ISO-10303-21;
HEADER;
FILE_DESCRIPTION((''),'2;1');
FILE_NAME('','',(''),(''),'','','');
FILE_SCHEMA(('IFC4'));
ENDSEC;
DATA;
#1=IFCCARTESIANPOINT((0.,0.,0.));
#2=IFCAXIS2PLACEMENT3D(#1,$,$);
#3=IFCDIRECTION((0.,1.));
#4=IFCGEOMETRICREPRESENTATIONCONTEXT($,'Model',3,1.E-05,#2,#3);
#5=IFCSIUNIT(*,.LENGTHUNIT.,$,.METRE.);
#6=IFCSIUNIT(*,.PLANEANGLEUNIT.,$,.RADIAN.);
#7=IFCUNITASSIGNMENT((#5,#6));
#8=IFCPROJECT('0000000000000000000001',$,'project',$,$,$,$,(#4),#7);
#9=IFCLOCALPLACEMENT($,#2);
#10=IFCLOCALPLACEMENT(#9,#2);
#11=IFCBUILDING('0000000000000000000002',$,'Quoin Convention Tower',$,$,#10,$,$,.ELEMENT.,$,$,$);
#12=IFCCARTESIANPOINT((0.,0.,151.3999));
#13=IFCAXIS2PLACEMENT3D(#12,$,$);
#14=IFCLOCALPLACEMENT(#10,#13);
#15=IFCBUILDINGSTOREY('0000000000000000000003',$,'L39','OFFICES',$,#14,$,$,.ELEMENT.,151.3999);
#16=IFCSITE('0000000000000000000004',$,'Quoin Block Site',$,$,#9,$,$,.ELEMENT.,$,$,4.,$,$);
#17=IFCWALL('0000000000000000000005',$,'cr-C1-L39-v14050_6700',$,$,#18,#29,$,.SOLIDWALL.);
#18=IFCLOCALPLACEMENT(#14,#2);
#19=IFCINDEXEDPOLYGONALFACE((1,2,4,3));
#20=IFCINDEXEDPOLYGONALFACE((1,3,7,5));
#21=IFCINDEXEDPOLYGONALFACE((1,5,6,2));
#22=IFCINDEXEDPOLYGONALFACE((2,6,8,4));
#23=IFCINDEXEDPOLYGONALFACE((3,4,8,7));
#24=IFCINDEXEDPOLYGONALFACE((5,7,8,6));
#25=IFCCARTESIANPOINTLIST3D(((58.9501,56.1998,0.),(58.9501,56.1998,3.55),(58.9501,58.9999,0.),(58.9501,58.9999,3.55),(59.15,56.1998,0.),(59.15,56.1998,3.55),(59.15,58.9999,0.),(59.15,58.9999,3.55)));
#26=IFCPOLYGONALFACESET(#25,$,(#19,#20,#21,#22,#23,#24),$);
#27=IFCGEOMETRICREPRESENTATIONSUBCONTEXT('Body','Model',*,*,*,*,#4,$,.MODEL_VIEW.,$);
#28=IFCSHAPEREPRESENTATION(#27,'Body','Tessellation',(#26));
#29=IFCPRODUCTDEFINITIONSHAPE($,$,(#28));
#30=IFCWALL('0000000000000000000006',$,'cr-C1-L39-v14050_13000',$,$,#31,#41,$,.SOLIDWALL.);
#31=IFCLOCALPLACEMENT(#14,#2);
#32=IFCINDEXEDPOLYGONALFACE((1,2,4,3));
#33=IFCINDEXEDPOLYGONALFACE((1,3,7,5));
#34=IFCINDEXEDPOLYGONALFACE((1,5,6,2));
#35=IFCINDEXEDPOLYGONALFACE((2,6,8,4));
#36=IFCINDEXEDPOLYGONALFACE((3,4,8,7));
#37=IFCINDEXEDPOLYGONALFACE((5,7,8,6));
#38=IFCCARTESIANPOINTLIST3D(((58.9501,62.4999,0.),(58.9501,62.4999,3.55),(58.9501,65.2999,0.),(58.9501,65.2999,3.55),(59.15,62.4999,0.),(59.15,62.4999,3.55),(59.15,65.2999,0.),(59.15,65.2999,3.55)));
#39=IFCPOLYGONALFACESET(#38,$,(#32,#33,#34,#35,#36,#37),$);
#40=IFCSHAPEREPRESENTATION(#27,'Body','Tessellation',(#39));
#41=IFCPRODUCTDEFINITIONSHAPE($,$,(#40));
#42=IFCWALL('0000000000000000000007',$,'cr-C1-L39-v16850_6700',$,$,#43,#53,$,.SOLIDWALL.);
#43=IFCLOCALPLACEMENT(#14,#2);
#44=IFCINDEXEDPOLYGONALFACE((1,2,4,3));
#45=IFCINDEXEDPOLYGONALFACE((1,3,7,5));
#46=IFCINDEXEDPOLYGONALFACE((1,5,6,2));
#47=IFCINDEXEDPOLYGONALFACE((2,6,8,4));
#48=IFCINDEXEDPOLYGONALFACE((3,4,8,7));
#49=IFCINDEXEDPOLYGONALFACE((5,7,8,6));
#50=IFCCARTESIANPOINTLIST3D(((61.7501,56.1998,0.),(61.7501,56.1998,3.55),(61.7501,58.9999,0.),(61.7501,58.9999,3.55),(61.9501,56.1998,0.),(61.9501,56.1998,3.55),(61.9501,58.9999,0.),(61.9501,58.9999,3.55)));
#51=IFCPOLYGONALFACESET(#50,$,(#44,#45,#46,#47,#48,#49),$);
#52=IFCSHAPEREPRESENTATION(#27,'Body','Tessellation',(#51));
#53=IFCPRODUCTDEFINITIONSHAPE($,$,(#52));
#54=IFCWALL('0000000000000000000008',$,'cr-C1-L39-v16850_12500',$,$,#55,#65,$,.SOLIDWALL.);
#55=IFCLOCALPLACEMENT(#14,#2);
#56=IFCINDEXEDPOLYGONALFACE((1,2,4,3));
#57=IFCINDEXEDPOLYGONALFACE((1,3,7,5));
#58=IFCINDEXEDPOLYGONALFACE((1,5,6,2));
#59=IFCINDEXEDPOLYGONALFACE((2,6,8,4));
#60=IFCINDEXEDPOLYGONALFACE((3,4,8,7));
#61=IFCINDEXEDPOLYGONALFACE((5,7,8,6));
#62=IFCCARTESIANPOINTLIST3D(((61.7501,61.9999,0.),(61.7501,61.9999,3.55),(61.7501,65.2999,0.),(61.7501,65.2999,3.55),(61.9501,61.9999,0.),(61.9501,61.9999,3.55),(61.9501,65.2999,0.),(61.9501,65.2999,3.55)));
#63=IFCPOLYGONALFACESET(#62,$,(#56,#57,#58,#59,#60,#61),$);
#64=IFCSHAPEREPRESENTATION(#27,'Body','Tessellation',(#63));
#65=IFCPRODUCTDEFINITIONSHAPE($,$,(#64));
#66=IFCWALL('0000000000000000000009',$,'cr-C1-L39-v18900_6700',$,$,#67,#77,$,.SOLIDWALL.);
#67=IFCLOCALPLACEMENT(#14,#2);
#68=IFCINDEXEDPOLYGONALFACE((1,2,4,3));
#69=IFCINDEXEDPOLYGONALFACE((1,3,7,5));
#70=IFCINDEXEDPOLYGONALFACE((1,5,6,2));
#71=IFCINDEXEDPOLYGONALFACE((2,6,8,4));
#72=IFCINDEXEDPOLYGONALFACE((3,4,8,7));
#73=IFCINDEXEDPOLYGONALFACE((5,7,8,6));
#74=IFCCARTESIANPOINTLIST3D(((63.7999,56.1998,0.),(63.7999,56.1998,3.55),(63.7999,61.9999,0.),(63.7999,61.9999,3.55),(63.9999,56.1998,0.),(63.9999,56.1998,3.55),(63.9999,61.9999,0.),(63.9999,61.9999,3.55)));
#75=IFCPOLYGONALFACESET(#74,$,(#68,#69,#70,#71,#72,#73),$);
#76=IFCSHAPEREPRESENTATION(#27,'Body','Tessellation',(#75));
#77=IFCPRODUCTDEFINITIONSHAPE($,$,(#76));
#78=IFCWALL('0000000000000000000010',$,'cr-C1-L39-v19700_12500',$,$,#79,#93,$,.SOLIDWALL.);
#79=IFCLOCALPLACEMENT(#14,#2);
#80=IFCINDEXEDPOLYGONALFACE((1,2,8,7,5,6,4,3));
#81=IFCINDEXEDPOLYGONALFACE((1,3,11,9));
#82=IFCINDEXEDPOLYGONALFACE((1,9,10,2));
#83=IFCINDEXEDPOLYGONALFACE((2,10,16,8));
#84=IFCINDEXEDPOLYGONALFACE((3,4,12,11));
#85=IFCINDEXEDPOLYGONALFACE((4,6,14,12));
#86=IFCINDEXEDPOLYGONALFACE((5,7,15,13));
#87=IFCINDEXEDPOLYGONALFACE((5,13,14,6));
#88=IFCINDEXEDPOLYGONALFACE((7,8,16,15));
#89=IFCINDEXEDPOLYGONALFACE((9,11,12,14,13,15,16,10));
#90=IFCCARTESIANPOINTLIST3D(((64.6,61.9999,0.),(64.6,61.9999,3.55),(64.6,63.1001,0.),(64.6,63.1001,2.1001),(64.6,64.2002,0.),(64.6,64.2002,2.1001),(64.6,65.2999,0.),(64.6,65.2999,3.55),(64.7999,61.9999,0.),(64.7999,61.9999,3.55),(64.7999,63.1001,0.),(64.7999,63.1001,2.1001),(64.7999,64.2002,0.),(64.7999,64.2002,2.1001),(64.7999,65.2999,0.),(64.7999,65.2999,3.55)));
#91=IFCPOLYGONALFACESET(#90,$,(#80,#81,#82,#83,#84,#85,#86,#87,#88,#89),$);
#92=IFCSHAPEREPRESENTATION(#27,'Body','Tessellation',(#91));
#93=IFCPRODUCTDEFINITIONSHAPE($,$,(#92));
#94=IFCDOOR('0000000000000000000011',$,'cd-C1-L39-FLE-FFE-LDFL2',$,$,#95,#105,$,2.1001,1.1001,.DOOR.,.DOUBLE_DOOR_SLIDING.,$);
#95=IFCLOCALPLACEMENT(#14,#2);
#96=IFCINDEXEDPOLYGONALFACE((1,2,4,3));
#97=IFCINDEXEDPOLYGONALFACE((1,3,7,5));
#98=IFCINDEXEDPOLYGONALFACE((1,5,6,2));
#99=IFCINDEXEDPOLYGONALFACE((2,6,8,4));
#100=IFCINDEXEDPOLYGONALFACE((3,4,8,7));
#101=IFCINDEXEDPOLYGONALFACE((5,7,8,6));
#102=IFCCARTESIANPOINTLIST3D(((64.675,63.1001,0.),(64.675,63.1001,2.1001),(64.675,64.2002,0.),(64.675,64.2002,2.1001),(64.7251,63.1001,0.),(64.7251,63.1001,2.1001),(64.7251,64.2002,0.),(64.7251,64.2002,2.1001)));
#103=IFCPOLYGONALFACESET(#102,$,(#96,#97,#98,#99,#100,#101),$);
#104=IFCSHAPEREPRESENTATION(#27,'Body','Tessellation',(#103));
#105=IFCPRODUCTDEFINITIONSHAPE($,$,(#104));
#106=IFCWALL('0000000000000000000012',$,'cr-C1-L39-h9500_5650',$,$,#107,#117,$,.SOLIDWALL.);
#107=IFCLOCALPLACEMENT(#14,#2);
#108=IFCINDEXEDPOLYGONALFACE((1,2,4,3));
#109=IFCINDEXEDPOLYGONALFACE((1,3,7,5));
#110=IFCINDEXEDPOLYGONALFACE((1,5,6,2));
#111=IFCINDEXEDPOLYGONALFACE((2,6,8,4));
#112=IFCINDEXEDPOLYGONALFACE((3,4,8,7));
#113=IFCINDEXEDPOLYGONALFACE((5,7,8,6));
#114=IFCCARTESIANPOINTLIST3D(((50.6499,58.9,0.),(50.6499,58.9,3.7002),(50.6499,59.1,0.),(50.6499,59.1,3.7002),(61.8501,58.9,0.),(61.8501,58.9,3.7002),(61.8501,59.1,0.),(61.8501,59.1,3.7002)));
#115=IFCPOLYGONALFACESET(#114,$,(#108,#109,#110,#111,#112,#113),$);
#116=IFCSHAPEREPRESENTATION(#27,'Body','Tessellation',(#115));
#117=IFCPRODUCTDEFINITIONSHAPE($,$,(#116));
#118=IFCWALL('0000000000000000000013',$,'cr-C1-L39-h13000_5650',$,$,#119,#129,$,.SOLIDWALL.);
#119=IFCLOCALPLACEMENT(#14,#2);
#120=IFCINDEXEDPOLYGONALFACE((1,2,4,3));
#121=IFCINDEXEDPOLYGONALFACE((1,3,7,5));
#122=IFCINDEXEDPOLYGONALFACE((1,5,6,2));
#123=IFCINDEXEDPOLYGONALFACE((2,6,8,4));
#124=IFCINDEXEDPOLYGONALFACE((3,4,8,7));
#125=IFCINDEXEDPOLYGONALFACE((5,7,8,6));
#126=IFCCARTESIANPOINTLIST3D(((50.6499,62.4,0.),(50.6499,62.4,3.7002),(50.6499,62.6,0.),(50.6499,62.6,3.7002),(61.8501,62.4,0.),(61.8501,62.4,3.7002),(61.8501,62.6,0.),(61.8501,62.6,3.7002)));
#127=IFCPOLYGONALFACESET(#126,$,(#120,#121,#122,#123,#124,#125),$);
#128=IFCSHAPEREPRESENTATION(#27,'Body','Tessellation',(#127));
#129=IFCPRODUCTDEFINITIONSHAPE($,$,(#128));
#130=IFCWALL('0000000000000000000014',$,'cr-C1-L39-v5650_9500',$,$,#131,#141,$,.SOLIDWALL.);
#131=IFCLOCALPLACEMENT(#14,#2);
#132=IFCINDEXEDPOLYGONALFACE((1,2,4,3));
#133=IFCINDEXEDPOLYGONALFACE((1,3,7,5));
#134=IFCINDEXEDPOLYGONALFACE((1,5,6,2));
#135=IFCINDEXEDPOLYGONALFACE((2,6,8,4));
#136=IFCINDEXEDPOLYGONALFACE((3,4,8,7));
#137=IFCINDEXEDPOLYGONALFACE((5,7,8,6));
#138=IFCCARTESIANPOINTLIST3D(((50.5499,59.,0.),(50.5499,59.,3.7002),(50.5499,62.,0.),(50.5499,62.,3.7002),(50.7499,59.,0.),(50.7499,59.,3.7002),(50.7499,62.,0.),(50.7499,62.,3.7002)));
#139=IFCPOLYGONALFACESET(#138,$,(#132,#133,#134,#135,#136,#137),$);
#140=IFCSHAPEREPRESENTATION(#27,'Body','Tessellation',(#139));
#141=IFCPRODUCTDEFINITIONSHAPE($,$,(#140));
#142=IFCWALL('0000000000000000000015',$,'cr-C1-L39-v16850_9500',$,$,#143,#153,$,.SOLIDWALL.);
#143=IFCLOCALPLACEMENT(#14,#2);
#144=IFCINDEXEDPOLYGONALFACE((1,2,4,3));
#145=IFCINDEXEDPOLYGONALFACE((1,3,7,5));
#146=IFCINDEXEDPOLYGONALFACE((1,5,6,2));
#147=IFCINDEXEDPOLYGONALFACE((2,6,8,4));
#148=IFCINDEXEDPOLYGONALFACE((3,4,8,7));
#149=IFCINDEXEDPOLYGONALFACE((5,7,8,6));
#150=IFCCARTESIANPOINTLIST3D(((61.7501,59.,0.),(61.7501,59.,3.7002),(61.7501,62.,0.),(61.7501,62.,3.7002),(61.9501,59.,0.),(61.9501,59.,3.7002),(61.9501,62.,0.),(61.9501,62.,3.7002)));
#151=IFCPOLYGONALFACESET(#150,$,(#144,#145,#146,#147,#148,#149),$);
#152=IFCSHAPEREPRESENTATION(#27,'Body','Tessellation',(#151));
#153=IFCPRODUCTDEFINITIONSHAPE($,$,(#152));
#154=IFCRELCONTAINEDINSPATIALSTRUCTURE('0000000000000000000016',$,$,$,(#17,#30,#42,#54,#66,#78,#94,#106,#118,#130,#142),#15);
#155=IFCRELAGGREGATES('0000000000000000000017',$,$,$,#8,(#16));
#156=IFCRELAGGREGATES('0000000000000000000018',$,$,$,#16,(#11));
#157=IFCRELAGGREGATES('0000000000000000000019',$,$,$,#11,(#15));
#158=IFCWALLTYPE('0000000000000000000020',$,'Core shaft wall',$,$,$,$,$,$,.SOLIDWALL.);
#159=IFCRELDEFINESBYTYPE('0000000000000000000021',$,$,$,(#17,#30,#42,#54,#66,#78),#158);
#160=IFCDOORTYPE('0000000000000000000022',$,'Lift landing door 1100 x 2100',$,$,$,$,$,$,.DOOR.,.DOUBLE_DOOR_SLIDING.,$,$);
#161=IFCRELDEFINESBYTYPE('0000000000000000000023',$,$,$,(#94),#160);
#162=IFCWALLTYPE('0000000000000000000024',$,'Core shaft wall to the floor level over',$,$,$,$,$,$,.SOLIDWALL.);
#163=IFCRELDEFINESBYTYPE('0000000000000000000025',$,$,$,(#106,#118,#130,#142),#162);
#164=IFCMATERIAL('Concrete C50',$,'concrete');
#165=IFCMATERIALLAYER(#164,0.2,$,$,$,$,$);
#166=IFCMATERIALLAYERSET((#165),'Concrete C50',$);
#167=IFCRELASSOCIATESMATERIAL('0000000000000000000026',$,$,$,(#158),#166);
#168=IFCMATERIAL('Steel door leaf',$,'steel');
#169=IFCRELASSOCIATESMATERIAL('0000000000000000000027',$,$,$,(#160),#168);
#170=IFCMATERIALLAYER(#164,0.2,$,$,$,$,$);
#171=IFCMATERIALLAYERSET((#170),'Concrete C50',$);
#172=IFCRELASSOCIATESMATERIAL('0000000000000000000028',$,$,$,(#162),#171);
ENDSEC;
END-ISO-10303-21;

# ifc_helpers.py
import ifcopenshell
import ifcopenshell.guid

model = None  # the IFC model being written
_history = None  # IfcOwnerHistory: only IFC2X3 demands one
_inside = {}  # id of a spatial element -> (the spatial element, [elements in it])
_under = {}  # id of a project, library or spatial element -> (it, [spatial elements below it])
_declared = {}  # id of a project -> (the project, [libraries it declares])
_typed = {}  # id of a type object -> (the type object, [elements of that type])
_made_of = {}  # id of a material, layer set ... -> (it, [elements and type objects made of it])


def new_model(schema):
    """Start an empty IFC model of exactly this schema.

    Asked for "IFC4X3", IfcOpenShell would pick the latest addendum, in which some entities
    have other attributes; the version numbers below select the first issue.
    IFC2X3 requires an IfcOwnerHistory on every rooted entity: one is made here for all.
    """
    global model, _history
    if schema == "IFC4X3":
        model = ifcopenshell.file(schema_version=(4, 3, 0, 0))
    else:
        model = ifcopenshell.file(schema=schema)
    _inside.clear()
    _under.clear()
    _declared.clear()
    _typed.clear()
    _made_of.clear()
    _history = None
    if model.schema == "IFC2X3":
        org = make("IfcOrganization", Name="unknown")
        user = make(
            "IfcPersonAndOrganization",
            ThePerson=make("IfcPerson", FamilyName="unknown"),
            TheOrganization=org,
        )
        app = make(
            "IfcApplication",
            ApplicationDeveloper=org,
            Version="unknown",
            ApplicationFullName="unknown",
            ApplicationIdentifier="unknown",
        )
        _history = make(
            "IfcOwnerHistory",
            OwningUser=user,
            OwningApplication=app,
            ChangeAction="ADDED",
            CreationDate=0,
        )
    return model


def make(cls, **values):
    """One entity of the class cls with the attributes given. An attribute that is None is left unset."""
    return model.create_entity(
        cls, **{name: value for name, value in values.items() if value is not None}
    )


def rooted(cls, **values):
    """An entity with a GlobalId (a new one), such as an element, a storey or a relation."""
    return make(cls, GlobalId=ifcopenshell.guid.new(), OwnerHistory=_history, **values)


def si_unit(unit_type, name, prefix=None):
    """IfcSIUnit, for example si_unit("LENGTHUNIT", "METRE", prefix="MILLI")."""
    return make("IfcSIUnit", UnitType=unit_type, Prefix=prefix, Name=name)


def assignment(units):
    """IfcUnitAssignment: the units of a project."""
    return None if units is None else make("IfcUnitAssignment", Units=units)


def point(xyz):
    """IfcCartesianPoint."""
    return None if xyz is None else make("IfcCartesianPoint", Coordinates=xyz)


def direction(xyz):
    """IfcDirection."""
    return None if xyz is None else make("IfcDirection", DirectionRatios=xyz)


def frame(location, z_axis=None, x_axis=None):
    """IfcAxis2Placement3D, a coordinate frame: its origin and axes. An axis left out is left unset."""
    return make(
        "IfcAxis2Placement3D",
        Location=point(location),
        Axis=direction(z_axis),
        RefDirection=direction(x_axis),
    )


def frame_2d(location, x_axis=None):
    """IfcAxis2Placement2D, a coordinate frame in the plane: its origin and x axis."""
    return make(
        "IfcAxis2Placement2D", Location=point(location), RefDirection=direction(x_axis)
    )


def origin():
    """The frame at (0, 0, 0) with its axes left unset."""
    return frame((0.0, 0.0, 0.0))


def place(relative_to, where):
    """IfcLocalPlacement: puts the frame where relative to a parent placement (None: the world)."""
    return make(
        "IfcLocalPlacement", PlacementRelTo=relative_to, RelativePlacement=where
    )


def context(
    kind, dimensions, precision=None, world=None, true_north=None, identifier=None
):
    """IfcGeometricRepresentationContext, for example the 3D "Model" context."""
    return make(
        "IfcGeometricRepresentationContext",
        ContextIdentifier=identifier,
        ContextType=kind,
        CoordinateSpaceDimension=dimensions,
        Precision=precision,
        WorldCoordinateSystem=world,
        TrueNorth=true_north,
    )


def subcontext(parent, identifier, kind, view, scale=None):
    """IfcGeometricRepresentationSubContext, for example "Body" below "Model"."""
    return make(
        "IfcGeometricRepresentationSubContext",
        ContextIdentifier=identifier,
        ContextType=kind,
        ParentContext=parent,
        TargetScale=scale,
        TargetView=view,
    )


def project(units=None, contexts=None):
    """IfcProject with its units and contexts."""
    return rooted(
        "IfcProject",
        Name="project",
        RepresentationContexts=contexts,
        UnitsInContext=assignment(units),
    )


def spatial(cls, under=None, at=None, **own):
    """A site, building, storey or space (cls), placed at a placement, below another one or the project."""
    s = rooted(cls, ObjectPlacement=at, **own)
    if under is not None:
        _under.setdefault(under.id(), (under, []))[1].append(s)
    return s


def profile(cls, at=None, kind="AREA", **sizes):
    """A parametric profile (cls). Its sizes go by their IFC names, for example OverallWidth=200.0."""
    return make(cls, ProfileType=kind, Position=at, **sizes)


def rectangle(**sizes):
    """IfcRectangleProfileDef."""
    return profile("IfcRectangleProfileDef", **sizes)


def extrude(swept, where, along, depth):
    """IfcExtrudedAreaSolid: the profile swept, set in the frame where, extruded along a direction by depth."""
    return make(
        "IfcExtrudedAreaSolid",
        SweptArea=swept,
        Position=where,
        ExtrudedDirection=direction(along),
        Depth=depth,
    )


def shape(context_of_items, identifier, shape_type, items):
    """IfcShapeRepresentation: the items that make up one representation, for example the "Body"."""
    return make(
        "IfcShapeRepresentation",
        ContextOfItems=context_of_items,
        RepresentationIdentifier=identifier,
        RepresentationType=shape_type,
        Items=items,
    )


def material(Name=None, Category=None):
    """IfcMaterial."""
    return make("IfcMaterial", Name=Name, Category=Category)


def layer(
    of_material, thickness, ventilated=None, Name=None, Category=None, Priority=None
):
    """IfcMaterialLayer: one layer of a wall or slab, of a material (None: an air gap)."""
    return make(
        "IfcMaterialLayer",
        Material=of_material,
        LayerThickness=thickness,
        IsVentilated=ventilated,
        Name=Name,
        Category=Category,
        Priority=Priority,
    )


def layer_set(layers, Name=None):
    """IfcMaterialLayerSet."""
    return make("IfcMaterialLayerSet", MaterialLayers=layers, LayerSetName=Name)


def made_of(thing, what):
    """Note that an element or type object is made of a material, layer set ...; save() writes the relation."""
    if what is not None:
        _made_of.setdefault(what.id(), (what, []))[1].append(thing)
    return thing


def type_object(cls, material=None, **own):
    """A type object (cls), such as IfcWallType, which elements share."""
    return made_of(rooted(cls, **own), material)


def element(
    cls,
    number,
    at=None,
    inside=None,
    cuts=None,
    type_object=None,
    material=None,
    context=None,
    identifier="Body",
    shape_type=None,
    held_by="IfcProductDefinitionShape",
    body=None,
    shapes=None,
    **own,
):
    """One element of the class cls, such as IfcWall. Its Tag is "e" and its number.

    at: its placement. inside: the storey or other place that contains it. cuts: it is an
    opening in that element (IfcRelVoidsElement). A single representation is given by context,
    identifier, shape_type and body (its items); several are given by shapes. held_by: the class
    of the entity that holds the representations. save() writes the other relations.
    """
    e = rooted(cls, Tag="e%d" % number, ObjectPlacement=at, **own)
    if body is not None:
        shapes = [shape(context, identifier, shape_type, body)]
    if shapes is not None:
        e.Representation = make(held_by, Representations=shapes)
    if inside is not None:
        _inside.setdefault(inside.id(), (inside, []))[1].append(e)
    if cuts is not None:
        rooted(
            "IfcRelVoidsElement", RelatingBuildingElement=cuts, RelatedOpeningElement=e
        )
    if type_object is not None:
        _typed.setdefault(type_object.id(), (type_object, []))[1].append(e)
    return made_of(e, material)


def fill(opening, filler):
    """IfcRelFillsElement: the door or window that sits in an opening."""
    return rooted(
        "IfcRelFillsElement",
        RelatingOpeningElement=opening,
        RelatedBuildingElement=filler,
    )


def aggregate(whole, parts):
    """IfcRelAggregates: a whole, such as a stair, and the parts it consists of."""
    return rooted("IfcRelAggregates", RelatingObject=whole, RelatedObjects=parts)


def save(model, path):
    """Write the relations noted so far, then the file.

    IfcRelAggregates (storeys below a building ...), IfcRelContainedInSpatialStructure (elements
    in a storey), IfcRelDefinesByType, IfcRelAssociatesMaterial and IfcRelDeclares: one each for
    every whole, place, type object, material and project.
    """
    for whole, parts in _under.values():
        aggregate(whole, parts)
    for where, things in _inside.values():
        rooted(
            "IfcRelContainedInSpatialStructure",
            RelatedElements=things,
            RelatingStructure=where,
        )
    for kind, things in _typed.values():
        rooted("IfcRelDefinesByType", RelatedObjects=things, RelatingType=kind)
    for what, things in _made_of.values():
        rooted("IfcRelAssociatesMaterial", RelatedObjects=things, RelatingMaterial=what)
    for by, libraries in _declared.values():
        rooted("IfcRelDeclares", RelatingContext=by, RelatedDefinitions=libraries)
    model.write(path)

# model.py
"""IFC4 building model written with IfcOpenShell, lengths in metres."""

from ifc_helpers import new_model, si_unit, direction, frame, frame_2d, origin, place, context, subcontext, project, spatial, rectangle, extrude, material, layer, layer_set, type_object, element, fill, save


model = new_model("IFC4")

# Units and contexts
model_context = context("Model", 3, precision=1e-05, world=origin(), true_north=direction((0.0, 1.0)))
body_context = subcontext(model_context, "Body", "Model", "MODEL_VIEW")
ifc_project = project(units=[si_unit("LENGTHUNIT", "METRE"), si_unit("PLANEANGLEUNIT", "RADIAN")], contexts=[model_context])

# Site, building, storey
site_placement = place(None, origin())
site = spatial("IfcSite", under=ifc_project, at=site_placement, Name="Quoin Block Site", CompositionType="ELEMENT", RefElevation=4.0)
building_placement = place(site_placement, origin())
building = spatial("IfcBuilding", under=site, at=building_placement, Name="Quoin Convention Tower", CompositionType="ELEMENT")
storey_placement = place(building_placement, frame((0.0, 0.0, 151.3999)))
storey = spatial("IfcBuildingStorey", under=building, at=storey_placement, Name="L39", Description="OFFICES", CompositionType="ELEMENT", Elevation=151.3999)

# Shared definitions
ifc_material_1 = material(Name="Concrete C50", Category="concrete")
ifc_layer_1 = layer(ifc_material_1, 0.2)
ifc_layer_set_1 = layer_set([ifc_layer_1], Name="Concrete C50")
wall_type_1 = type_object("IfcWallType", Name="Core shaft wall", PredefinedType="SOLIDWALL", material=ifc_layer_set_1)
ifc_material_2 = material(Name="Steel door leaf", Category="steel")

# Walls
for number, where, z_axis, x_axis, name in (
    (1, (59.05, 56.2, 0.0), (0.0, 0.0, 1.0), (0.0, 1.0, 0.0), "cr-C1-L39-v14050_6700"),
    (2, (59.05, 62.5, 0.0), (0.0, 0.0, 1.0), (0.0, 1.0, 0.0), "cr-C1-L39-v14050_13000"),
    (3, (61.8501, 56.2, 0.0), (0.0, 0.0, 1.0), (0.0, 1.0, 0.0), "cr-C1-L39-v16850_6700"),
):
    element("IfcWall", number, at=place(storey_placement, frame(where, z_axis=z_axis, x_axis=x_axis)), inside=storey, type_object=wall_type_1, Name=name, PredefinedType="SOLIDWALL", context=body_context, shape_type="SweptSolid", body=[
        extrude(rectangle(XDim=2.8, YDim=0.2, at=frame_2d((1.3999, 0.0))), origin(), (0.0, 0.0, 1.0), 3.55),
    ])
wall_1_placement = place(storey_placement, frame((61.8501, 62.0, 0.0), z_axis=(0.0, 0.0, 1.0), x_axis=(0.0, 1.0, 0.0)))
element("IfcWall", 4, at=wall_1_placement, inside=storey, type_object=wall_type_1, Name="cr-C1-L39-v16850_12500", PredefinedType="SOLIDWALL", context=body_context, shape_type="SweptSolid", body=[
    extrude(rectangle(XDim=3.3, YDim=0.2, at=frame_2d((1.6499, 0.0))), origin(), (0.0, 0.0, 1.0), 3.55),
])
wall_2_placement = place(storey_placement, frame((63.8999, 56.2, 0.0), z_axis=(0.0, 0.0, 1.0), x_axis=(0.0, 1.0, 0.0)))
element("IfcWall", 5, at=wall_2_placement, inside=storey, type_object=wall_type_1, Name="cr-C1-L39-v18900_6700", PredefinedType="SOLIDWALL", context=body_context, shape_type="SweptSolid", body=[
    extrude(rectangle(XDim=5.8, YDim=0.2, at=frame_2d((2.8999, 0.0))), origin(), (0.0, 0.0, 1.0), 3.55),
])

# Wall, opening, door
wall_3_placement = place(storey_placement, frame((64.7, 62.0, 0.0), z_axis=(0.0, 0.0, 1.0), x_axis=(0.0, 1.0, 0.0)))
wall_3 = element("IfcWall", 6, at=wall_3_placement, inside=storey, type_object=wall_type_1, Name="cr-C1-L39-v19700_12500", PredefinedType="SOLIDWALL", context=body_context, shape_type="SweptSolid", body=[
    extrude(rectangle(XDim=3.3, YDim=0.2, at=frame_2d((1.6499, 0.0))), origin(), (0.0, 0.0, 1.0), 3.55),
])
opening_1_placement = place(wall_3_placement, frame((1.1001, 0.0, 0.0)))
opening_1 = element("IfcOpeningElement", 7, at=opening_1_placement, cuts=wall_3, PredefinedType="OPENING", context=body_context, shape_type="SweptSolid", body=[
    extrude(rectangle(XDim=1.1001, YDim=2.1001, at=frame_2d((0.55, 1.05))), frame((0.0, 0.1099, 0.0), z_axis=(0.0, -1.0, 0.0), x_axis=(1.0, 0.0, 0.0)), (0.0, 0.0, 1.0), 0.22),
])
door_type_1 = type_object("IfcDoorType", Name="Lift landing door 1100 x 2100", OperationType="DOUBLE_DOOR_SLIDING", PredefinedType="DOOR", material=ifc_material_2)
door_1_placement = place(opening_1_placement, origin())
door_1 = element("IfcDoor", 8, at=door_1_placement, inside=storey, type_object=door_type_1, Name="cd-C1-L39-FLE-FFE-LDFL2", OperationType="DOUBLE_DOOR_SLIDING", OverallHeight=2.1001, OverallWidth=1.1001, PredefinedType="DOOR", context=body_context, shape_type="SweptSolid", body=[
    extrude(rectangle(XDim=1.1001, YDim=2.1001, at=frame_2d((0.55, 1.05))), frame((0.0, 0.0249, 0.0), z_axis=(0.0, -1.0, 0.0), x_axis=(1.0, 0.0, 0.0)), (0.0, 0.0, 1.0), 0.05),
])
fill(opening_1, door_1)

# Walls
ifc_layer_2 = layer(ifc_material_1, 0.2)
ifc_layer_set_2 = layer_set([ifc_layer_2], Name="Concrete C50")
wall_type_2 = type_object("IfcWallType", Name="Core shaft wall to the floor level over", PredefinedType="SOLIDWALL", material=ifc_layer_set_2)
for number, where, z_axis, x_axis, name in (
    (9, (50.6499, 59.0, 0.0), (0.0, 0.0, 1.0), (1.0, 0.0, 0.0), "cr-C1-L39-h9500_5650"),
    (10, (50.6499, 62.5, 0.0), (0.0, 0.0, 1.0), (1.0, 0.0, 0.0), "cr-C1-L39-h13000_5650"),
):
    element("IfcWall", number, at=place(storey_placement, frame(where, z_axis=z_axis, x_axis=x_axis)), inside=storey, type_object=wall_type_2, Name=name, PredefinedType="SOLIDWALL", context=body_context, shape_type="SweptSolid", body=[
        extrude(rectangle(XDim=11.2002, YDim=0.2, at=frame_2d((5.6001, 0.0))), origin(), (0.0, 0.0, 1.0), 3.7002),
    ])
for number, where, z_axis, x_axis, name in (
    (11, (50.6499, 59.0, 0.0), (0.0, 0.0, 1.0), (0.0, 1.0, 0.0), "cr-C1-L39-v5650_9500"),
    (12, (61.8501, 59.0, 0.0), (0.0, 0.0, 1.0), (0.0, 1.0, 0.0), "cr-C1-L39-v16850_9500"),
):
    element("IfcWall", number, at=place(storey_placement, frame(where, z_axis=z_axis, x_axis=x_axis)), inside=storey, type_object=wall_type_2, Name=name, PredefinedType="SOLIDWALL", context=body_context, shape_type="SweptSolid", body=[
        extrude(rectangle(XDim=3.0, YDim=0.2, at=frame_2d((1.5, 0.0))), origin(), (0.0, 0.0, 1.0), 3.7002),
    ])

save(model, "model.ifc")
